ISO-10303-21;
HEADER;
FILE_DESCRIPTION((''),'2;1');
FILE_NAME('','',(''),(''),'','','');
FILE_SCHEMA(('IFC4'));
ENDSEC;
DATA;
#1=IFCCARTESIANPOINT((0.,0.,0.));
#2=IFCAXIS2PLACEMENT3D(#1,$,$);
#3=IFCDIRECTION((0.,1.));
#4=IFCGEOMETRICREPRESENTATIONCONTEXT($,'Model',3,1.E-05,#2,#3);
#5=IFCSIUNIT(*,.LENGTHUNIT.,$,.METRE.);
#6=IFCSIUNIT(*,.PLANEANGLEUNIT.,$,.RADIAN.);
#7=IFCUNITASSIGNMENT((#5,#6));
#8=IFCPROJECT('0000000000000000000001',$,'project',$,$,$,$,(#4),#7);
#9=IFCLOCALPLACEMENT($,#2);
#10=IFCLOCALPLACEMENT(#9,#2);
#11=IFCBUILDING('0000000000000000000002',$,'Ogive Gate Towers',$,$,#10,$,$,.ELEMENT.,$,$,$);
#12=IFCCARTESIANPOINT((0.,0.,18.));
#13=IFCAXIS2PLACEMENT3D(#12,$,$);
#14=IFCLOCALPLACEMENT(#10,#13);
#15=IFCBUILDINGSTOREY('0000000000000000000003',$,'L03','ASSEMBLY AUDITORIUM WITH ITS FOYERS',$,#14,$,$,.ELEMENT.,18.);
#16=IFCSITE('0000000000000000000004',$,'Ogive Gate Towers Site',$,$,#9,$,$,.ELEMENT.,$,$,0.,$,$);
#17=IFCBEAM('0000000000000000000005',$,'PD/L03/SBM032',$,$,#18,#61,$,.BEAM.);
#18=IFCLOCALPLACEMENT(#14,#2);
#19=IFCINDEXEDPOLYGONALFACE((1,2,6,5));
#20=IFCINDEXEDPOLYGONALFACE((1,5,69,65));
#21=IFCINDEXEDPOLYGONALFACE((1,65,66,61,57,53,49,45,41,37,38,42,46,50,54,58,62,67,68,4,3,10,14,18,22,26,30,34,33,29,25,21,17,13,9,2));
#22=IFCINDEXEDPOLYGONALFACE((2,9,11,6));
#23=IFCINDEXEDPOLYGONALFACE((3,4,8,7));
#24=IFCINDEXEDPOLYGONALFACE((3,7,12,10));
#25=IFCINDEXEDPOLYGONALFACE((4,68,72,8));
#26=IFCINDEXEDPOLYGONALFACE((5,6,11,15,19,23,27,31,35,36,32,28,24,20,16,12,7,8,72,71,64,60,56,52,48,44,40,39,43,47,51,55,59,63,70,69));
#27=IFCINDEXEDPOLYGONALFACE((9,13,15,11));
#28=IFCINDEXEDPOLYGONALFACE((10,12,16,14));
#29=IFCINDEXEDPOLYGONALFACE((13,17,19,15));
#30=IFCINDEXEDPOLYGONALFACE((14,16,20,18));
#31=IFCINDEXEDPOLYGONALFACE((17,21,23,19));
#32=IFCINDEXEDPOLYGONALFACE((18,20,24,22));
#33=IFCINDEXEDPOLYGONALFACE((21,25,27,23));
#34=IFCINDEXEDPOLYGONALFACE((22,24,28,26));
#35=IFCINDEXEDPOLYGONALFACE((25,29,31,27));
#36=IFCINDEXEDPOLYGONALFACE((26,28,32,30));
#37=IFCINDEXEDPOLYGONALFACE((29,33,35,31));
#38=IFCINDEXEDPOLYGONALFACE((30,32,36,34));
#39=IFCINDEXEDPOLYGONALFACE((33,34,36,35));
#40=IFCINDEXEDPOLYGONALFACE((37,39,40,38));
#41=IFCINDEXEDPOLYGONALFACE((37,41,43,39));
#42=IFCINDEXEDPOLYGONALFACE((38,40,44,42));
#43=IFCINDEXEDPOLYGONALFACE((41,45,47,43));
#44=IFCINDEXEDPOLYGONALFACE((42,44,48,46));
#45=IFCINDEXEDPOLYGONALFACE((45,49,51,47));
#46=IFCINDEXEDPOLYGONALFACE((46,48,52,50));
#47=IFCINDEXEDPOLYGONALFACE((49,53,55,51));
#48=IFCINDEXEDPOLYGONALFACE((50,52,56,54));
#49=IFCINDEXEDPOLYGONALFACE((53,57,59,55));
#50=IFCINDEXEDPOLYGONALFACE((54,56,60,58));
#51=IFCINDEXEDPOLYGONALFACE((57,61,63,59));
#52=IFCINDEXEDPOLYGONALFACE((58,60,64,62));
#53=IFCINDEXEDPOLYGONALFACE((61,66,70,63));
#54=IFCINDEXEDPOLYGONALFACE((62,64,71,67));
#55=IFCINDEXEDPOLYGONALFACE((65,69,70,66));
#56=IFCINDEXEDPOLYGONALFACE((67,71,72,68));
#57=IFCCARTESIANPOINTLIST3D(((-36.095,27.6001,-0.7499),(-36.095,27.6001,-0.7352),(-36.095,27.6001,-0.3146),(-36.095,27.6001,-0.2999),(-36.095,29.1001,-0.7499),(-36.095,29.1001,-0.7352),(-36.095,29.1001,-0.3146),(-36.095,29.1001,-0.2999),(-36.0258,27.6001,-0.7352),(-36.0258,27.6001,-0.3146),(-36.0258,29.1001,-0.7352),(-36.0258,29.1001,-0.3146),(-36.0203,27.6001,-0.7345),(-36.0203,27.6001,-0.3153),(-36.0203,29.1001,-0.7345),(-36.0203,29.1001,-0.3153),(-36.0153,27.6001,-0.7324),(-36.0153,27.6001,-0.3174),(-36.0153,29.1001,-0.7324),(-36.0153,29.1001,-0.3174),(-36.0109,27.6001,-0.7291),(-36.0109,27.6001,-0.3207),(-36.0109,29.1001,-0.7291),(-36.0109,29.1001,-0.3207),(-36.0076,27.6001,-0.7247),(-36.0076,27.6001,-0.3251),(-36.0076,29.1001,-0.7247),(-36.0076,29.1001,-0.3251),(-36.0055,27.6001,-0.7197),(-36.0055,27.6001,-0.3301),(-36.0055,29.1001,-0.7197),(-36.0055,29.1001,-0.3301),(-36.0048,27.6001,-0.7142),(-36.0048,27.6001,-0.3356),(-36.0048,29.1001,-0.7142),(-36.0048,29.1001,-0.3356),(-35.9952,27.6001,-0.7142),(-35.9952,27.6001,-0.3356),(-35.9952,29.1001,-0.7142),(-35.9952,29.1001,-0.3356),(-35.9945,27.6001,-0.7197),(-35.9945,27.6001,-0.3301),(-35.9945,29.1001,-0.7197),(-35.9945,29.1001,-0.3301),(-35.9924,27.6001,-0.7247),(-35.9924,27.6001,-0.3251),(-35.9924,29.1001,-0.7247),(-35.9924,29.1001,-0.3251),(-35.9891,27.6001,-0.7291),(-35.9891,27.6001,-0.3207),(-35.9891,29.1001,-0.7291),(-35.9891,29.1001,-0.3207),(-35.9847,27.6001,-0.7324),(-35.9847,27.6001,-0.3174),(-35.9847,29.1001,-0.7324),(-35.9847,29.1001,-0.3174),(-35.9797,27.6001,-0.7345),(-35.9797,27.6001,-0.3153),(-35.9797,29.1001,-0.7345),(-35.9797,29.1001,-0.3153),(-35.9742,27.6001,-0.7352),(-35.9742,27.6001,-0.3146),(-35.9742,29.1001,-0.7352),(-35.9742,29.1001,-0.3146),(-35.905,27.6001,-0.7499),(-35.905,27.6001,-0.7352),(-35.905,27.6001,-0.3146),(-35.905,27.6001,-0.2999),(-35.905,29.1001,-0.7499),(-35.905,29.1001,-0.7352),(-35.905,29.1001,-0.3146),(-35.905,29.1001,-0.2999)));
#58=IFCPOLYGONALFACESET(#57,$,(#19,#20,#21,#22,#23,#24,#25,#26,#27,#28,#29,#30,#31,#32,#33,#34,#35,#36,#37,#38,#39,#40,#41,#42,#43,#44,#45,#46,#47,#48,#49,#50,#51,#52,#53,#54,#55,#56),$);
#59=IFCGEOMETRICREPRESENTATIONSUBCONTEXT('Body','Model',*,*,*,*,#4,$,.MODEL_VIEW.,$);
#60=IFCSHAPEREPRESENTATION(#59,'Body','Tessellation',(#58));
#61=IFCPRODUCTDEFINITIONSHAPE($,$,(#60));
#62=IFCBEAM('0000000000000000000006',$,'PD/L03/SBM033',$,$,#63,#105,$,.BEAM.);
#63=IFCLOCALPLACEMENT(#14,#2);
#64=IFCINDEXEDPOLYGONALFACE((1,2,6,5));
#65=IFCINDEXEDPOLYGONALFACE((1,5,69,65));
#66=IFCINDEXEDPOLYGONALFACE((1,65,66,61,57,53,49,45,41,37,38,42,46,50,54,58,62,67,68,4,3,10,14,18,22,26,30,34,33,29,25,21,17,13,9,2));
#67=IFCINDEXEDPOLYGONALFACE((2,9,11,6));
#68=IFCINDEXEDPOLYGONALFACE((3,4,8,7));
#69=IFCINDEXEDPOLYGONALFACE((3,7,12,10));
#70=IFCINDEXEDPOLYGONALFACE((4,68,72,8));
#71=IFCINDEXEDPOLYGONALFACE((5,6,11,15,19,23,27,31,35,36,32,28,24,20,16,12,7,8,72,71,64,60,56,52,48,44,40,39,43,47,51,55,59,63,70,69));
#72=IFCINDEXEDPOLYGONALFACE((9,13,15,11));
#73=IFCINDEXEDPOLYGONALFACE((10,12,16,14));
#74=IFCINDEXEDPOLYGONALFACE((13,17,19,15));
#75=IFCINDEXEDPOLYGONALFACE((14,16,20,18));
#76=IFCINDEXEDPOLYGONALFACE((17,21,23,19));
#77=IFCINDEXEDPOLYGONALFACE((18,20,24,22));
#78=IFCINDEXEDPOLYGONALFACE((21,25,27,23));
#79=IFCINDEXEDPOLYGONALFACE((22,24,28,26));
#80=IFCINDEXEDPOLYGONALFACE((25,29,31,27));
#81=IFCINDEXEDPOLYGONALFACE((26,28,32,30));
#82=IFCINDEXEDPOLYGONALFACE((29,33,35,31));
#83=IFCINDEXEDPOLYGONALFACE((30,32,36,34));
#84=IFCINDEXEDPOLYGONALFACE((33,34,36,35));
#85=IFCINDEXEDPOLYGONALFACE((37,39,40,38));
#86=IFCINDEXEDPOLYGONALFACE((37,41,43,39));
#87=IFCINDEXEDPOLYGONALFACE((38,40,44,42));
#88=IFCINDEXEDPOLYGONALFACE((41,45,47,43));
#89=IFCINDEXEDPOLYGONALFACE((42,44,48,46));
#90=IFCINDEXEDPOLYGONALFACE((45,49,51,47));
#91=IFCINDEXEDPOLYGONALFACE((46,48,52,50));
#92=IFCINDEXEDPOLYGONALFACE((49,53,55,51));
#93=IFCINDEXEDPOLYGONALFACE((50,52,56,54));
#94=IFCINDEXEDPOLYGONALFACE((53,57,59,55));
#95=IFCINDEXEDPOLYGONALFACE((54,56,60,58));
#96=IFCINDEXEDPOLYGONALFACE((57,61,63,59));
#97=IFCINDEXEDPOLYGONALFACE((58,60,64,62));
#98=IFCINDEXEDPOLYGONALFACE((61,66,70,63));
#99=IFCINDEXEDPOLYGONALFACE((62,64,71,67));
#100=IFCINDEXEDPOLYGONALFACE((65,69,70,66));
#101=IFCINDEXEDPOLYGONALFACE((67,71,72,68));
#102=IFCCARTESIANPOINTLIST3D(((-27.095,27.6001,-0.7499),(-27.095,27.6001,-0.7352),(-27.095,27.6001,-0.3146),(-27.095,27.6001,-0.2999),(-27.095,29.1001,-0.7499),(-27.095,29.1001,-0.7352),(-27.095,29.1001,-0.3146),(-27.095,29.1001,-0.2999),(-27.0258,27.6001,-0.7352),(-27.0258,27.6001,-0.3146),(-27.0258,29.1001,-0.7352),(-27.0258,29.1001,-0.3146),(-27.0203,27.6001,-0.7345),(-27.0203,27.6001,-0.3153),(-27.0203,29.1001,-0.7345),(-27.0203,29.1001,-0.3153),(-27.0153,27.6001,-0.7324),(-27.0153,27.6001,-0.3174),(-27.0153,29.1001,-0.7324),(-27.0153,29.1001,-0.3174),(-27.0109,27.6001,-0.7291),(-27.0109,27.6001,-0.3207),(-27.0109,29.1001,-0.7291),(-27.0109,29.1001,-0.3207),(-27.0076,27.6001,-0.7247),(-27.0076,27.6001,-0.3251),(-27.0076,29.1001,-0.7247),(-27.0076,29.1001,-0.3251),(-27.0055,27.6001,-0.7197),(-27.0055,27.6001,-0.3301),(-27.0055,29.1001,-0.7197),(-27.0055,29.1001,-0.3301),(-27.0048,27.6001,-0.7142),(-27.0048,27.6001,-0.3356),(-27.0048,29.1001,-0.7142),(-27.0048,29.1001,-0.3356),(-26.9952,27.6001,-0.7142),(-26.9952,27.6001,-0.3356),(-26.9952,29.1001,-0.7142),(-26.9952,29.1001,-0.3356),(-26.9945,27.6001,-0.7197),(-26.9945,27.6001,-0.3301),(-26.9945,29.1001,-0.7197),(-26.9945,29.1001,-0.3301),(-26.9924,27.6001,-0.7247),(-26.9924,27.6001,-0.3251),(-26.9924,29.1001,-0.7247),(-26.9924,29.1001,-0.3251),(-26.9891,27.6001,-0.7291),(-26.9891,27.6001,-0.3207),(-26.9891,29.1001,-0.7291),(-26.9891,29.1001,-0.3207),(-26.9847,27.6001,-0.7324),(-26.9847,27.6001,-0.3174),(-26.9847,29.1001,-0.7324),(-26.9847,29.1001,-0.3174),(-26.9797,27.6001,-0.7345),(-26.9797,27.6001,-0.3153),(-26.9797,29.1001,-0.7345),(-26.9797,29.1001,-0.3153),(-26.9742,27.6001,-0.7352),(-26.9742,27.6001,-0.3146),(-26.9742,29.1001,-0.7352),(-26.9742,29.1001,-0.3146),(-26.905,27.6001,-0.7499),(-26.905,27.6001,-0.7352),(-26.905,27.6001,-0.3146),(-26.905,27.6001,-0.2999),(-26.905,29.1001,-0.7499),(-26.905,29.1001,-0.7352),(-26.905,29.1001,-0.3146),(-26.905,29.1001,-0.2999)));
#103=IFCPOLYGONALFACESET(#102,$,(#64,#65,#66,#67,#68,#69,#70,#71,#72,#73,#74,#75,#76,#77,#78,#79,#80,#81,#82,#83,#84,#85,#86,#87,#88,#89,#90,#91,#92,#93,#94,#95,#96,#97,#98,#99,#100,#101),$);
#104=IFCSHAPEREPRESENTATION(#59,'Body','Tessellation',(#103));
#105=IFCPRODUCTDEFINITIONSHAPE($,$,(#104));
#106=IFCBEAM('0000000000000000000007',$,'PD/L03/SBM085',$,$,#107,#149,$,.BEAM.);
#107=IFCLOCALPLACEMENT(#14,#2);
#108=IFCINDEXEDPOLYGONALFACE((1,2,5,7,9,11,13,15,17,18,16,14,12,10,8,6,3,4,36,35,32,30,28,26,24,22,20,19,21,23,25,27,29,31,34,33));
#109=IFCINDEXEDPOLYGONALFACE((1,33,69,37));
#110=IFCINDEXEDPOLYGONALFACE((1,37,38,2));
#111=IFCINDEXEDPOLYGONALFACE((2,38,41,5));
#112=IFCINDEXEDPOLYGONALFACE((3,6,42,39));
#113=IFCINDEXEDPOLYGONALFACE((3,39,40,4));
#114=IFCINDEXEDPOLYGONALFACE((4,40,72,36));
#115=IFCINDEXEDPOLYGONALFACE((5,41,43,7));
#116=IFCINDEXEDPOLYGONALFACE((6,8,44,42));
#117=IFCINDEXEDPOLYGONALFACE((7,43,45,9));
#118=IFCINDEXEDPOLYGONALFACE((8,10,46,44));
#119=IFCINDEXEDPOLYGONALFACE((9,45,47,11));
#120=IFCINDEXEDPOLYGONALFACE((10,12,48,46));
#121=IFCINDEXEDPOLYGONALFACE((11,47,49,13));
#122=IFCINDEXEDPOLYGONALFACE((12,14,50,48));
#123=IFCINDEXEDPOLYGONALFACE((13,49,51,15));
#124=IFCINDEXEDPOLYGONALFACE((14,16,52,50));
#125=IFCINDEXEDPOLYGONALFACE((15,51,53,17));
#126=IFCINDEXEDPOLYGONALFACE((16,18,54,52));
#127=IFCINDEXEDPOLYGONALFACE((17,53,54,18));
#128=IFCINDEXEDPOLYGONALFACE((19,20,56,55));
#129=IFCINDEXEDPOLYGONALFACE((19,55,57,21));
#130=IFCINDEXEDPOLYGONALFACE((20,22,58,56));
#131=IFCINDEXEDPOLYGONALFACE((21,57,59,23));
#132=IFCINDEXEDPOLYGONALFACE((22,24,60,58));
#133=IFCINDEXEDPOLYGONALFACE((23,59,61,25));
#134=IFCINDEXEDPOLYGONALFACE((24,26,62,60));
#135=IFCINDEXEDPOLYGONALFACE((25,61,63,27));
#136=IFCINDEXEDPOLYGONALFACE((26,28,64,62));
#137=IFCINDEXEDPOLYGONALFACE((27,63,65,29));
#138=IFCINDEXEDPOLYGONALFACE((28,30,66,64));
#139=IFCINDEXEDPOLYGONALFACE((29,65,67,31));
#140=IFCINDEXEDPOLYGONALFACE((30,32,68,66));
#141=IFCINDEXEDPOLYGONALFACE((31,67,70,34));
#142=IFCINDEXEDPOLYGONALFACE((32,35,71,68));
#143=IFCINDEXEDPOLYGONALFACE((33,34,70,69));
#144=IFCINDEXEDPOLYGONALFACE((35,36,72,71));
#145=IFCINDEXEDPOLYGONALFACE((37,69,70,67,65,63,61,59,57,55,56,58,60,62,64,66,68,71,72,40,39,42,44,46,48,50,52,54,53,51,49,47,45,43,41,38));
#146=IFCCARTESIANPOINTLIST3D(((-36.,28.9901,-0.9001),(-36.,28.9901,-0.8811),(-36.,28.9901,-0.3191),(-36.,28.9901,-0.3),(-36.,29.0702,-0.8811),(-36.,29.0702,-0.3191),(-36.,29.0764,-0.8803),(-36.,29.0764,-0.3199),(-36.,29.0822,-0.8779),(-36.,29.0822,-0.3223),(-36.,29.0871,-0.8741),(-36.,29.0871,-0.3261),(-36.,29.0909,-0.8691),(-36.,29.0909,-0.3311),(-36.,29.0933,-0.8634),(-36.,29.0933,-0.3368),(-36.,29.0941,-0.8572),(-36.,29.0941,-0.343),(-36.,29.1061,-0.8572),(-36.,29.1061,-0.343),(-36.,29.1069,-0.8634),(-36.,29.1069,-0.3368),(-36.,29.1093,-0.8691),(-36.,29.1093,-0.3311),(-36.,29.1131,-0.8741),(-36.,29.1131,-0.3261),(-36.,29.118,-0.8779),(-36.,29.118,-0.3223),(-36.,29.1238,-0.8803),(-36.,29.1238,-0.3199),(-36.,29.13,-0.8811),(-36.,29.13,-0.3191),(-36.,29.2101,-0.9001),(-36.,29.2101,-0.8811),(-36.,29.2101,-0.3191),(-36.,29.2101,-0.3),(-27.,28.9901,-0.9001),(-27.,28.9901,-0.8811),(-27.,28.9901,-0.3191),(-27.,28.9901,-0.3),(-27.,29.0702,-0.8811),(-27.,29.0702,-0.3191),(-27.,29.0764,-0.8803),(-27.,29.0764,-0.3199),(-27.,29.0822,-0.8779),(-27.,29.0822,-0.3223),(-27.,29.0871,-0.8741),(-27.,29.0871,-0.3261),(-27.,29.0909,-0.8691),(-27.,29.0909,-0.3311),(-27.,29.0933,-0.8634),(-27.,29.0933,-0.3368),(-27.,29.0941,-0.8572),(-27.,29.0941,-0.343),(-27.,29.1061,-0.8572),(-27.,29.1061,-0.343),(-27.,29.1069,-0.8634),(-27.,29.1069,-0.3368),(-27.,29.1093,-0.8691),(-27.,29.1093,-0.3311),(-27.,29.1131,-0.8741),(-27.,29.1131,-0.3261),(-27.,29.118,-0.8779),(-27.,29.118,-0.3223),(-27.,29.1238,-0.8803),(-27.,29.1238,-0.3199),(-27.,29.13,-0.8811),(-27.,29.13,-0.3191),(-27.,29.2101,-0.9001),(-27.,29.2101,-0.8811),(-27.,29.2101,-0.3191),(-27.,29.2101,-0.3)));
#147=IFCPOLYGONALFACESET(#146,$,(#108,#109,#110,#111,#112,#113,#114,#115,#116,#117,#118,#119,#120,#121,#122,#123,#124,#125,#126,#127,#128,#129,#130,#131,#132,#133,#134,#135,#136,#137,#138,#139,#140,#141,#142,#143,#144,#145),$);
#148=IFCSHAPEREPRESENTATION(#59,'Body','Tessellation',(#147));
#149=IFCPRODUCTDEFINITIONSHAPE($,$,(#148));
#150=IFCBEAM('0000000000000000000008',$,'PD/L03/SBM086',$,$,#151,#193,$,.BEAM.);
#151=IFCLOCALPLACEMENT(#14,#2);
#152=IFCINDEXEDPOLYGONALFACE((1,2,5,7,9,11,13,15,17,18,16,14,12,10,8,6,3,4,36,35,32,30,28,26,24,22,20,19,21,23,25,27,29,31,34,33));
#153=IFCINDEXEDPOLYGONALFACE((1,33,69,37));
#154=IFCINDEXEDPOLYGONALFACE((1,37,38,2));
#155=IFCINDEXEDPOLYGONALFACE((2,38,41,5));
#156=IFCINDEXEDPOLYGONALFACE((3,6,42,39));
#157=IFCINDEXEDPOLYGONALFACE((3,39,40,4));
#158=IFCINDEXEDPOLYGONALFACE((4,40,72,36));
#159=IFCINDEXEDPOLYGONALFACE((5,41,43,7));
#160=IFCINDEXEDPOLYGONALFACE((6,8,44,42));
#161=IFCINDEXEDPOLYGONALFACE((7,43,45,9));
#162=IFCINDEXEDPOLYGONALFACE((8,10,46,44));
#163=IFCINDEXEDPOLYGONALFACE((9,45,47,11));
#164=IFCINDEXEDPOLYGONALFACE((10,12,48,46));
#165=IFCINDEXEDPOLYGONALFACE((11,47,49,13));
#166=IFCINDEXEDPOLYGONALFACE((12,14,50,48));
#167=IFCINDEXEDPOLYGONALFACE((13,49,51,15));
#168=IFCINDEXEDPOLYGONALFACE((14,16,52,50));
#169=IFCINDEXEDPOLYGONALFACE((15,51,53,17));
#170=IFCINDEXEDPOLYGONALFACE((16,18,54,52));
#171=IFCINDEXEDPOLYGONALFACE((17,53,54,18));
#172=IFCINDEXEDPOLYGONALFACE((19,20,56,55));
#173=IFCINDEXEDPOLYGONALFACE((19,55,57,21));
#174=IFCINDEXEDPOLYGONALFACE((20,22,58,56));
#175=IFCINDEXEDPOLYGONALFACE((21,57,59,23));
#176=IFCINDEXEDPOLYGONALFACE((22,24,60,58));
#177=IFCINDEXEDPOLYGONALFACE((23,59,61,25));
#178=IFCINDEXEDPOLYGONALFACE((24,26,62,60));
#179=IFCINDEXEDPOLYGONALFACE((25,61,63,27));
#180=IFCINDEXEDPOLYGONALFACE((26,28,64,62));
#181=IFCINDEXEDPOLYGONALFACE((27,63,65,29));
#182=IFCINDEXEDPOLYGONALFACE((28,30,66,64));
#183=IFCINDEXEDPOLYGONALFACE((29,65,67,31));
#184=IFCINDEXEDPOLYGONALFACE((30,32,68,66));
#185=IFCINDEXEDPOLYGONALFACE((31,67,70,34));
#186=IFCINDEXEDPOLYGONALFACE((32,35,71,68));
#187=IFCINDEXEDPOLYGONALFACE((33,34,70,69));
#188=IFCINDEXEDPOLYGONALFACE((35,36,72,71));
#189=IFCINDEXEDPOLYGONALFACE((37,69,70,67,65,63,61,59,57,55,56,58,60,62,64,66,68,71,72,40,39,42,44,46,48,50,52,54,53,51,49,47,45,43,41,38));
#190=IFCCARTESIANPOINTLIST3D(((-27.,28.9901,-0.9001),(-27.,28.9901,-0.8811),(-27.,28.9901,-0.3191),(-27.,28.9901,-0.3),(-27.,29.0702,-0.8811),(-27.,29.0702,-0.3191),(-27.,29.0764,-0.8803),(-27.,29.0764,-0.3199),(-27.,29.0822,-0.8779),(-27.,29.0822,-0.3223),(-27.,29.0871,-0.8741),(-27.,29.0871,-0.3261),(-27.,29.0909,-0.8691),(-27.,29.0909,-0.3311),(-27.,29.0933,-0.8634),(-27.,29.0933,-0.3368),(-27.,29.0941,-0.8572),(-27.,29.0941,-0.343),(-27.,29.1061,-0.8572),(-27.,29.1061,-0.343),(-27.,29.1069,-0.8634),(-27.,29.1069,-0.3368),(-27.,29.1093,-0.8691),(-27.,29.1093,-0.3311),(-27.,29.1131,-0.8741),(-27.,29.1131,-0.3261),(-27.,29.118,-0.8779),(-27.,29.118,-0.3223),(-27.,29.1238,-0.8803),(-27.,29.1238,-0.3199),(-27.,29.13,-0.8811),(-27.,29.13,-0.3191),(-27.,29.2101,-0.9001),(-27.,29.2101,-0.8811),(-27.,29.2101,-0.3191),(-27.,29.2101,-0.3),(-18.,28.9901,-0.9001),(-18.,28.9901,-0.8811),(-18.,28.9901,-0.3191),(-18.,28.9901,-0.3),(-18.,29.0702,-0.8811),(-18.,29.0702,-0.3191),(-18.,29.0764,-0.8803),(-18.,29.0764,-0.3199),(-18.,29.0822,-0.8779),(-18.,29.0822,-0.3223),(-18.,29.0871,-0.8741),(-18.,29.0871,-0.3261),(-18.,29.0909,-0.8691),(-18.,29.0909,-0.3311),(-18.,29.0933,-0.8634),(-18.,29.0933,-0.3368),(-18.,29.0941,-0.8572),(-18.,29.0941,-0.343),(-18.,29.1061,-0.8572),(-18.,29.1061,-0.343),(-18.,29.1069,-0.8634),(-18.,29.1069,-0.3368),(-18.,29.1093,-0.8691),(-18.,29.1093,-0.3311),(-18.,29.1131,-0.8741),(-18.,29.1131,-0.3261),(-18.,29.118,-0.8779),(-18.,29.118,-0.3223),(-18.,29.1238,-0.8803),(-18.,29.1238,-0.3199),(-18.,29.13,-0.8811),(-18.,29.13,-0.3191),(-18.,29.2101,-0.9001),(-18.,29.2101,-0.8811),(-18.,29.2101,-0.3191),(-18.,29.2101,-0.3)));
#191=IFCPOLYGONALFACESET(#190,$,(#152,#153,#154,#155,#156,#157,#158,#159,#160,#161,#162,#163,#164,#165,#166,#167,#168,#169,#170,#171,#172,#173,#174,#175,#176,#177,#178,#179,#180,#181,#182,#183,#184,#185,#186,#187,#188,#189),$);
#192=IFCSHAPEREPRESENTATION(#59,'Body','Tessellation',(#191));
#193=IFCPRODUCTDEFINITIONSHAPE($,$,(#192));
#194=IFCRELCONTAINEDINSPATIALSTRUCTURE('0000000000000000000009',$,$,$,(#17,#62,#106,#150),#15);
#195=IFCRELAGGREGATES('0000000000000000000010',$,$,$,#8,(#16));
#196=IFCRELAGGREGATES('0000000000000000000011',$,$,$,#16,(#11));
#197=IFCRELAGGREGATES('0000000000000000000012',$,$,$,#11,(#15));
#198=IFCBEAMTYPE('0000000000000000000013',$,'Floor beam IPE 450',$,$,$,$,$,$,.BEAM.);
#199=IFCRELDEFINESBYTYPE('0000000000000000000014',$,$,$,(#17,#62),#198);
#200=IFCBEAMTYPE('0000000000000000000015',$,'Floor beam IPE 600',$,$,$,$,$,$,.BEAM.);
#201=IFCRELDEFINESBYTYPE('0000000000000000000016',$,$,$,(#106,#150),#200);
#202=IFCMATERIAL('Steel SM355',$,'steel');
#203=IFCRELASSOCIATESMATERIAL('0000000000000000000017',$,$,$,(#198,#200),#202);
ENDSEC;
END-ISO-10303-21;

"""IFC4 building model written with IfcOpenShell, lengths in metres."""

from ifc_helpers import new_model, si_unit, direction, frame, origin, origin_2d, place, context, subcontext, project, spatial, i_section, extrude, material, material_profile, profile_set, type_object, element, save


model = new_model("IFC4")

# Units and contexts
model_context = context("Model", 3, precision=1e-05, world=origin(), true_north=direction((0.0, 1.0)))
body_context = subcontext(model_context, "Body", "Model", "MODEL_VIEW")
ifc_project = project(units=[si_unit("LENGTHUNIT", "METRE"), si_unit("PLANEANGLEUNIT", "RADIAN")], contexts=[model_context])

# Site, building, storey
site_placement = place(None, origin())
site = spatial("IfcSite", under=ifc_project, at=site_placement, Name="Ogive Gate Towers Site", CompositionType="ELEMENT", RefElevation=0.0)
building_placement = place(site_placement, origin())
building = spatial("IfcBuilding", under=site, at=building_placement, Name="Ogive Gate Towers", CompositionType="ELEMENT")
storey_placement = place(building_placement, frame((0.0, 0.0, 18.0)))
storey = spatial("IfcBuildingStorey", under=building, at=storey_placement, Name="L03", Description="ASSEMBLY AUDITORIUM WITH ITS FOYERS", CompositionType="ELEMENT", Elevation=18.0)

# Beams
ifc_material_1 = material(Name="Steel SM355", Category="steel")
ifc_material_profile_1 = material_profile(ifc_material_1, i_section(OverallWidth=0.1899, OverallDepth=0.45, WebThickness=0.0095, FlangeThickness=0.0146, FilletRadius=0.021, at=origin_2d()), Name="IPE 450")
ifc_profile_set_1 = profile_set([ifc_material_profile_1], Name="Steel SM355")
beam_type_1 = type_object("IfcBeamType", Name="Floor beam IPE 450", PredefinedType="BEAM", material=ifc_profile_set_1)
for number, where, z_axis, x_axis, name in (
    (1, (-36.0, 27.6001, -0.5249), (0.0, 1.0, 0.0), (-1.0, 0.0, 0.0), "PD/L03/SBM032"),
    (2, (-27.0, 27.6001, -0.5249), (0.0, 1.0, 0.0), (-1.0, 0.0, 0.0), "PD/L03/SBM033"),
):
    element("IfcBeam", number, at=place(storey_placement, frame(where, z_axis=z_axis, x_axis=x_axis)), inside=storey, type_object=beam_type_1, Name=name, PredefinedType="BEAM", context=body_context, shape_type="SweptSolid", body=[
        extrude(i_section(OverallWidth=0.1899, OverallDepth=0.45, WebThickness=0.0095, FlangeThickness=0.0146, FilletRadius=0.021, at=origin_2d()), origin(), (0.0, 0.0, 1.0), 1.5),
    ])
ifc_material_profile_2 = material_profile(ifc_material_1, i_section(OverallWidth=0.22, OverallDepth=0.6001, WebThickness=0.012, FlangeThickness=0.019, FilletRadius=0.0239, at=origin_2d()), Name="IPE 600")
ifc_profile_set_2 = profile_set([ifc_material_profile_2], Name="Steel SM355")
beam_type_2 = type_object("IfcBeamType", Name="Floor beam IPE 600", PredefinedType="BEAM", material=ifc_profile_set_2)
for number, where, z_axis, x_axis, name in (
    (3, (-36.0, 29.1001, -0.6001), (1.0, 0.0, 0.0), (0.0, 1.0, 0.0), "PD/L03/SBM085"),
    (4, (-27.0, 29.1001, -0.6001), (1.0, 0.0, 0.0), (0.0, 1.0, 0.0), "PD/L03/SBM086"),
):
    element("IfcBeam", number, at=place(storey_placement, frame(where, z_axis=z_axis, x_axis=x_axis)), inside=storey, type_object=beam_type_2, Name=name, PredefinedType="BEAM", context=body_context, shape_type="SweptSolid", body=[
        extrude(i_section(OverallWidth=0.22, OverallDepth=0.6001, WebThickness=0.012, FlangeThickness=0.019, FilletRadius=0.0239, at=origin_2d()), origin(), (0.0, 0.0, 1.0), 9.0),
    ])

save(model, "model.ifc")
